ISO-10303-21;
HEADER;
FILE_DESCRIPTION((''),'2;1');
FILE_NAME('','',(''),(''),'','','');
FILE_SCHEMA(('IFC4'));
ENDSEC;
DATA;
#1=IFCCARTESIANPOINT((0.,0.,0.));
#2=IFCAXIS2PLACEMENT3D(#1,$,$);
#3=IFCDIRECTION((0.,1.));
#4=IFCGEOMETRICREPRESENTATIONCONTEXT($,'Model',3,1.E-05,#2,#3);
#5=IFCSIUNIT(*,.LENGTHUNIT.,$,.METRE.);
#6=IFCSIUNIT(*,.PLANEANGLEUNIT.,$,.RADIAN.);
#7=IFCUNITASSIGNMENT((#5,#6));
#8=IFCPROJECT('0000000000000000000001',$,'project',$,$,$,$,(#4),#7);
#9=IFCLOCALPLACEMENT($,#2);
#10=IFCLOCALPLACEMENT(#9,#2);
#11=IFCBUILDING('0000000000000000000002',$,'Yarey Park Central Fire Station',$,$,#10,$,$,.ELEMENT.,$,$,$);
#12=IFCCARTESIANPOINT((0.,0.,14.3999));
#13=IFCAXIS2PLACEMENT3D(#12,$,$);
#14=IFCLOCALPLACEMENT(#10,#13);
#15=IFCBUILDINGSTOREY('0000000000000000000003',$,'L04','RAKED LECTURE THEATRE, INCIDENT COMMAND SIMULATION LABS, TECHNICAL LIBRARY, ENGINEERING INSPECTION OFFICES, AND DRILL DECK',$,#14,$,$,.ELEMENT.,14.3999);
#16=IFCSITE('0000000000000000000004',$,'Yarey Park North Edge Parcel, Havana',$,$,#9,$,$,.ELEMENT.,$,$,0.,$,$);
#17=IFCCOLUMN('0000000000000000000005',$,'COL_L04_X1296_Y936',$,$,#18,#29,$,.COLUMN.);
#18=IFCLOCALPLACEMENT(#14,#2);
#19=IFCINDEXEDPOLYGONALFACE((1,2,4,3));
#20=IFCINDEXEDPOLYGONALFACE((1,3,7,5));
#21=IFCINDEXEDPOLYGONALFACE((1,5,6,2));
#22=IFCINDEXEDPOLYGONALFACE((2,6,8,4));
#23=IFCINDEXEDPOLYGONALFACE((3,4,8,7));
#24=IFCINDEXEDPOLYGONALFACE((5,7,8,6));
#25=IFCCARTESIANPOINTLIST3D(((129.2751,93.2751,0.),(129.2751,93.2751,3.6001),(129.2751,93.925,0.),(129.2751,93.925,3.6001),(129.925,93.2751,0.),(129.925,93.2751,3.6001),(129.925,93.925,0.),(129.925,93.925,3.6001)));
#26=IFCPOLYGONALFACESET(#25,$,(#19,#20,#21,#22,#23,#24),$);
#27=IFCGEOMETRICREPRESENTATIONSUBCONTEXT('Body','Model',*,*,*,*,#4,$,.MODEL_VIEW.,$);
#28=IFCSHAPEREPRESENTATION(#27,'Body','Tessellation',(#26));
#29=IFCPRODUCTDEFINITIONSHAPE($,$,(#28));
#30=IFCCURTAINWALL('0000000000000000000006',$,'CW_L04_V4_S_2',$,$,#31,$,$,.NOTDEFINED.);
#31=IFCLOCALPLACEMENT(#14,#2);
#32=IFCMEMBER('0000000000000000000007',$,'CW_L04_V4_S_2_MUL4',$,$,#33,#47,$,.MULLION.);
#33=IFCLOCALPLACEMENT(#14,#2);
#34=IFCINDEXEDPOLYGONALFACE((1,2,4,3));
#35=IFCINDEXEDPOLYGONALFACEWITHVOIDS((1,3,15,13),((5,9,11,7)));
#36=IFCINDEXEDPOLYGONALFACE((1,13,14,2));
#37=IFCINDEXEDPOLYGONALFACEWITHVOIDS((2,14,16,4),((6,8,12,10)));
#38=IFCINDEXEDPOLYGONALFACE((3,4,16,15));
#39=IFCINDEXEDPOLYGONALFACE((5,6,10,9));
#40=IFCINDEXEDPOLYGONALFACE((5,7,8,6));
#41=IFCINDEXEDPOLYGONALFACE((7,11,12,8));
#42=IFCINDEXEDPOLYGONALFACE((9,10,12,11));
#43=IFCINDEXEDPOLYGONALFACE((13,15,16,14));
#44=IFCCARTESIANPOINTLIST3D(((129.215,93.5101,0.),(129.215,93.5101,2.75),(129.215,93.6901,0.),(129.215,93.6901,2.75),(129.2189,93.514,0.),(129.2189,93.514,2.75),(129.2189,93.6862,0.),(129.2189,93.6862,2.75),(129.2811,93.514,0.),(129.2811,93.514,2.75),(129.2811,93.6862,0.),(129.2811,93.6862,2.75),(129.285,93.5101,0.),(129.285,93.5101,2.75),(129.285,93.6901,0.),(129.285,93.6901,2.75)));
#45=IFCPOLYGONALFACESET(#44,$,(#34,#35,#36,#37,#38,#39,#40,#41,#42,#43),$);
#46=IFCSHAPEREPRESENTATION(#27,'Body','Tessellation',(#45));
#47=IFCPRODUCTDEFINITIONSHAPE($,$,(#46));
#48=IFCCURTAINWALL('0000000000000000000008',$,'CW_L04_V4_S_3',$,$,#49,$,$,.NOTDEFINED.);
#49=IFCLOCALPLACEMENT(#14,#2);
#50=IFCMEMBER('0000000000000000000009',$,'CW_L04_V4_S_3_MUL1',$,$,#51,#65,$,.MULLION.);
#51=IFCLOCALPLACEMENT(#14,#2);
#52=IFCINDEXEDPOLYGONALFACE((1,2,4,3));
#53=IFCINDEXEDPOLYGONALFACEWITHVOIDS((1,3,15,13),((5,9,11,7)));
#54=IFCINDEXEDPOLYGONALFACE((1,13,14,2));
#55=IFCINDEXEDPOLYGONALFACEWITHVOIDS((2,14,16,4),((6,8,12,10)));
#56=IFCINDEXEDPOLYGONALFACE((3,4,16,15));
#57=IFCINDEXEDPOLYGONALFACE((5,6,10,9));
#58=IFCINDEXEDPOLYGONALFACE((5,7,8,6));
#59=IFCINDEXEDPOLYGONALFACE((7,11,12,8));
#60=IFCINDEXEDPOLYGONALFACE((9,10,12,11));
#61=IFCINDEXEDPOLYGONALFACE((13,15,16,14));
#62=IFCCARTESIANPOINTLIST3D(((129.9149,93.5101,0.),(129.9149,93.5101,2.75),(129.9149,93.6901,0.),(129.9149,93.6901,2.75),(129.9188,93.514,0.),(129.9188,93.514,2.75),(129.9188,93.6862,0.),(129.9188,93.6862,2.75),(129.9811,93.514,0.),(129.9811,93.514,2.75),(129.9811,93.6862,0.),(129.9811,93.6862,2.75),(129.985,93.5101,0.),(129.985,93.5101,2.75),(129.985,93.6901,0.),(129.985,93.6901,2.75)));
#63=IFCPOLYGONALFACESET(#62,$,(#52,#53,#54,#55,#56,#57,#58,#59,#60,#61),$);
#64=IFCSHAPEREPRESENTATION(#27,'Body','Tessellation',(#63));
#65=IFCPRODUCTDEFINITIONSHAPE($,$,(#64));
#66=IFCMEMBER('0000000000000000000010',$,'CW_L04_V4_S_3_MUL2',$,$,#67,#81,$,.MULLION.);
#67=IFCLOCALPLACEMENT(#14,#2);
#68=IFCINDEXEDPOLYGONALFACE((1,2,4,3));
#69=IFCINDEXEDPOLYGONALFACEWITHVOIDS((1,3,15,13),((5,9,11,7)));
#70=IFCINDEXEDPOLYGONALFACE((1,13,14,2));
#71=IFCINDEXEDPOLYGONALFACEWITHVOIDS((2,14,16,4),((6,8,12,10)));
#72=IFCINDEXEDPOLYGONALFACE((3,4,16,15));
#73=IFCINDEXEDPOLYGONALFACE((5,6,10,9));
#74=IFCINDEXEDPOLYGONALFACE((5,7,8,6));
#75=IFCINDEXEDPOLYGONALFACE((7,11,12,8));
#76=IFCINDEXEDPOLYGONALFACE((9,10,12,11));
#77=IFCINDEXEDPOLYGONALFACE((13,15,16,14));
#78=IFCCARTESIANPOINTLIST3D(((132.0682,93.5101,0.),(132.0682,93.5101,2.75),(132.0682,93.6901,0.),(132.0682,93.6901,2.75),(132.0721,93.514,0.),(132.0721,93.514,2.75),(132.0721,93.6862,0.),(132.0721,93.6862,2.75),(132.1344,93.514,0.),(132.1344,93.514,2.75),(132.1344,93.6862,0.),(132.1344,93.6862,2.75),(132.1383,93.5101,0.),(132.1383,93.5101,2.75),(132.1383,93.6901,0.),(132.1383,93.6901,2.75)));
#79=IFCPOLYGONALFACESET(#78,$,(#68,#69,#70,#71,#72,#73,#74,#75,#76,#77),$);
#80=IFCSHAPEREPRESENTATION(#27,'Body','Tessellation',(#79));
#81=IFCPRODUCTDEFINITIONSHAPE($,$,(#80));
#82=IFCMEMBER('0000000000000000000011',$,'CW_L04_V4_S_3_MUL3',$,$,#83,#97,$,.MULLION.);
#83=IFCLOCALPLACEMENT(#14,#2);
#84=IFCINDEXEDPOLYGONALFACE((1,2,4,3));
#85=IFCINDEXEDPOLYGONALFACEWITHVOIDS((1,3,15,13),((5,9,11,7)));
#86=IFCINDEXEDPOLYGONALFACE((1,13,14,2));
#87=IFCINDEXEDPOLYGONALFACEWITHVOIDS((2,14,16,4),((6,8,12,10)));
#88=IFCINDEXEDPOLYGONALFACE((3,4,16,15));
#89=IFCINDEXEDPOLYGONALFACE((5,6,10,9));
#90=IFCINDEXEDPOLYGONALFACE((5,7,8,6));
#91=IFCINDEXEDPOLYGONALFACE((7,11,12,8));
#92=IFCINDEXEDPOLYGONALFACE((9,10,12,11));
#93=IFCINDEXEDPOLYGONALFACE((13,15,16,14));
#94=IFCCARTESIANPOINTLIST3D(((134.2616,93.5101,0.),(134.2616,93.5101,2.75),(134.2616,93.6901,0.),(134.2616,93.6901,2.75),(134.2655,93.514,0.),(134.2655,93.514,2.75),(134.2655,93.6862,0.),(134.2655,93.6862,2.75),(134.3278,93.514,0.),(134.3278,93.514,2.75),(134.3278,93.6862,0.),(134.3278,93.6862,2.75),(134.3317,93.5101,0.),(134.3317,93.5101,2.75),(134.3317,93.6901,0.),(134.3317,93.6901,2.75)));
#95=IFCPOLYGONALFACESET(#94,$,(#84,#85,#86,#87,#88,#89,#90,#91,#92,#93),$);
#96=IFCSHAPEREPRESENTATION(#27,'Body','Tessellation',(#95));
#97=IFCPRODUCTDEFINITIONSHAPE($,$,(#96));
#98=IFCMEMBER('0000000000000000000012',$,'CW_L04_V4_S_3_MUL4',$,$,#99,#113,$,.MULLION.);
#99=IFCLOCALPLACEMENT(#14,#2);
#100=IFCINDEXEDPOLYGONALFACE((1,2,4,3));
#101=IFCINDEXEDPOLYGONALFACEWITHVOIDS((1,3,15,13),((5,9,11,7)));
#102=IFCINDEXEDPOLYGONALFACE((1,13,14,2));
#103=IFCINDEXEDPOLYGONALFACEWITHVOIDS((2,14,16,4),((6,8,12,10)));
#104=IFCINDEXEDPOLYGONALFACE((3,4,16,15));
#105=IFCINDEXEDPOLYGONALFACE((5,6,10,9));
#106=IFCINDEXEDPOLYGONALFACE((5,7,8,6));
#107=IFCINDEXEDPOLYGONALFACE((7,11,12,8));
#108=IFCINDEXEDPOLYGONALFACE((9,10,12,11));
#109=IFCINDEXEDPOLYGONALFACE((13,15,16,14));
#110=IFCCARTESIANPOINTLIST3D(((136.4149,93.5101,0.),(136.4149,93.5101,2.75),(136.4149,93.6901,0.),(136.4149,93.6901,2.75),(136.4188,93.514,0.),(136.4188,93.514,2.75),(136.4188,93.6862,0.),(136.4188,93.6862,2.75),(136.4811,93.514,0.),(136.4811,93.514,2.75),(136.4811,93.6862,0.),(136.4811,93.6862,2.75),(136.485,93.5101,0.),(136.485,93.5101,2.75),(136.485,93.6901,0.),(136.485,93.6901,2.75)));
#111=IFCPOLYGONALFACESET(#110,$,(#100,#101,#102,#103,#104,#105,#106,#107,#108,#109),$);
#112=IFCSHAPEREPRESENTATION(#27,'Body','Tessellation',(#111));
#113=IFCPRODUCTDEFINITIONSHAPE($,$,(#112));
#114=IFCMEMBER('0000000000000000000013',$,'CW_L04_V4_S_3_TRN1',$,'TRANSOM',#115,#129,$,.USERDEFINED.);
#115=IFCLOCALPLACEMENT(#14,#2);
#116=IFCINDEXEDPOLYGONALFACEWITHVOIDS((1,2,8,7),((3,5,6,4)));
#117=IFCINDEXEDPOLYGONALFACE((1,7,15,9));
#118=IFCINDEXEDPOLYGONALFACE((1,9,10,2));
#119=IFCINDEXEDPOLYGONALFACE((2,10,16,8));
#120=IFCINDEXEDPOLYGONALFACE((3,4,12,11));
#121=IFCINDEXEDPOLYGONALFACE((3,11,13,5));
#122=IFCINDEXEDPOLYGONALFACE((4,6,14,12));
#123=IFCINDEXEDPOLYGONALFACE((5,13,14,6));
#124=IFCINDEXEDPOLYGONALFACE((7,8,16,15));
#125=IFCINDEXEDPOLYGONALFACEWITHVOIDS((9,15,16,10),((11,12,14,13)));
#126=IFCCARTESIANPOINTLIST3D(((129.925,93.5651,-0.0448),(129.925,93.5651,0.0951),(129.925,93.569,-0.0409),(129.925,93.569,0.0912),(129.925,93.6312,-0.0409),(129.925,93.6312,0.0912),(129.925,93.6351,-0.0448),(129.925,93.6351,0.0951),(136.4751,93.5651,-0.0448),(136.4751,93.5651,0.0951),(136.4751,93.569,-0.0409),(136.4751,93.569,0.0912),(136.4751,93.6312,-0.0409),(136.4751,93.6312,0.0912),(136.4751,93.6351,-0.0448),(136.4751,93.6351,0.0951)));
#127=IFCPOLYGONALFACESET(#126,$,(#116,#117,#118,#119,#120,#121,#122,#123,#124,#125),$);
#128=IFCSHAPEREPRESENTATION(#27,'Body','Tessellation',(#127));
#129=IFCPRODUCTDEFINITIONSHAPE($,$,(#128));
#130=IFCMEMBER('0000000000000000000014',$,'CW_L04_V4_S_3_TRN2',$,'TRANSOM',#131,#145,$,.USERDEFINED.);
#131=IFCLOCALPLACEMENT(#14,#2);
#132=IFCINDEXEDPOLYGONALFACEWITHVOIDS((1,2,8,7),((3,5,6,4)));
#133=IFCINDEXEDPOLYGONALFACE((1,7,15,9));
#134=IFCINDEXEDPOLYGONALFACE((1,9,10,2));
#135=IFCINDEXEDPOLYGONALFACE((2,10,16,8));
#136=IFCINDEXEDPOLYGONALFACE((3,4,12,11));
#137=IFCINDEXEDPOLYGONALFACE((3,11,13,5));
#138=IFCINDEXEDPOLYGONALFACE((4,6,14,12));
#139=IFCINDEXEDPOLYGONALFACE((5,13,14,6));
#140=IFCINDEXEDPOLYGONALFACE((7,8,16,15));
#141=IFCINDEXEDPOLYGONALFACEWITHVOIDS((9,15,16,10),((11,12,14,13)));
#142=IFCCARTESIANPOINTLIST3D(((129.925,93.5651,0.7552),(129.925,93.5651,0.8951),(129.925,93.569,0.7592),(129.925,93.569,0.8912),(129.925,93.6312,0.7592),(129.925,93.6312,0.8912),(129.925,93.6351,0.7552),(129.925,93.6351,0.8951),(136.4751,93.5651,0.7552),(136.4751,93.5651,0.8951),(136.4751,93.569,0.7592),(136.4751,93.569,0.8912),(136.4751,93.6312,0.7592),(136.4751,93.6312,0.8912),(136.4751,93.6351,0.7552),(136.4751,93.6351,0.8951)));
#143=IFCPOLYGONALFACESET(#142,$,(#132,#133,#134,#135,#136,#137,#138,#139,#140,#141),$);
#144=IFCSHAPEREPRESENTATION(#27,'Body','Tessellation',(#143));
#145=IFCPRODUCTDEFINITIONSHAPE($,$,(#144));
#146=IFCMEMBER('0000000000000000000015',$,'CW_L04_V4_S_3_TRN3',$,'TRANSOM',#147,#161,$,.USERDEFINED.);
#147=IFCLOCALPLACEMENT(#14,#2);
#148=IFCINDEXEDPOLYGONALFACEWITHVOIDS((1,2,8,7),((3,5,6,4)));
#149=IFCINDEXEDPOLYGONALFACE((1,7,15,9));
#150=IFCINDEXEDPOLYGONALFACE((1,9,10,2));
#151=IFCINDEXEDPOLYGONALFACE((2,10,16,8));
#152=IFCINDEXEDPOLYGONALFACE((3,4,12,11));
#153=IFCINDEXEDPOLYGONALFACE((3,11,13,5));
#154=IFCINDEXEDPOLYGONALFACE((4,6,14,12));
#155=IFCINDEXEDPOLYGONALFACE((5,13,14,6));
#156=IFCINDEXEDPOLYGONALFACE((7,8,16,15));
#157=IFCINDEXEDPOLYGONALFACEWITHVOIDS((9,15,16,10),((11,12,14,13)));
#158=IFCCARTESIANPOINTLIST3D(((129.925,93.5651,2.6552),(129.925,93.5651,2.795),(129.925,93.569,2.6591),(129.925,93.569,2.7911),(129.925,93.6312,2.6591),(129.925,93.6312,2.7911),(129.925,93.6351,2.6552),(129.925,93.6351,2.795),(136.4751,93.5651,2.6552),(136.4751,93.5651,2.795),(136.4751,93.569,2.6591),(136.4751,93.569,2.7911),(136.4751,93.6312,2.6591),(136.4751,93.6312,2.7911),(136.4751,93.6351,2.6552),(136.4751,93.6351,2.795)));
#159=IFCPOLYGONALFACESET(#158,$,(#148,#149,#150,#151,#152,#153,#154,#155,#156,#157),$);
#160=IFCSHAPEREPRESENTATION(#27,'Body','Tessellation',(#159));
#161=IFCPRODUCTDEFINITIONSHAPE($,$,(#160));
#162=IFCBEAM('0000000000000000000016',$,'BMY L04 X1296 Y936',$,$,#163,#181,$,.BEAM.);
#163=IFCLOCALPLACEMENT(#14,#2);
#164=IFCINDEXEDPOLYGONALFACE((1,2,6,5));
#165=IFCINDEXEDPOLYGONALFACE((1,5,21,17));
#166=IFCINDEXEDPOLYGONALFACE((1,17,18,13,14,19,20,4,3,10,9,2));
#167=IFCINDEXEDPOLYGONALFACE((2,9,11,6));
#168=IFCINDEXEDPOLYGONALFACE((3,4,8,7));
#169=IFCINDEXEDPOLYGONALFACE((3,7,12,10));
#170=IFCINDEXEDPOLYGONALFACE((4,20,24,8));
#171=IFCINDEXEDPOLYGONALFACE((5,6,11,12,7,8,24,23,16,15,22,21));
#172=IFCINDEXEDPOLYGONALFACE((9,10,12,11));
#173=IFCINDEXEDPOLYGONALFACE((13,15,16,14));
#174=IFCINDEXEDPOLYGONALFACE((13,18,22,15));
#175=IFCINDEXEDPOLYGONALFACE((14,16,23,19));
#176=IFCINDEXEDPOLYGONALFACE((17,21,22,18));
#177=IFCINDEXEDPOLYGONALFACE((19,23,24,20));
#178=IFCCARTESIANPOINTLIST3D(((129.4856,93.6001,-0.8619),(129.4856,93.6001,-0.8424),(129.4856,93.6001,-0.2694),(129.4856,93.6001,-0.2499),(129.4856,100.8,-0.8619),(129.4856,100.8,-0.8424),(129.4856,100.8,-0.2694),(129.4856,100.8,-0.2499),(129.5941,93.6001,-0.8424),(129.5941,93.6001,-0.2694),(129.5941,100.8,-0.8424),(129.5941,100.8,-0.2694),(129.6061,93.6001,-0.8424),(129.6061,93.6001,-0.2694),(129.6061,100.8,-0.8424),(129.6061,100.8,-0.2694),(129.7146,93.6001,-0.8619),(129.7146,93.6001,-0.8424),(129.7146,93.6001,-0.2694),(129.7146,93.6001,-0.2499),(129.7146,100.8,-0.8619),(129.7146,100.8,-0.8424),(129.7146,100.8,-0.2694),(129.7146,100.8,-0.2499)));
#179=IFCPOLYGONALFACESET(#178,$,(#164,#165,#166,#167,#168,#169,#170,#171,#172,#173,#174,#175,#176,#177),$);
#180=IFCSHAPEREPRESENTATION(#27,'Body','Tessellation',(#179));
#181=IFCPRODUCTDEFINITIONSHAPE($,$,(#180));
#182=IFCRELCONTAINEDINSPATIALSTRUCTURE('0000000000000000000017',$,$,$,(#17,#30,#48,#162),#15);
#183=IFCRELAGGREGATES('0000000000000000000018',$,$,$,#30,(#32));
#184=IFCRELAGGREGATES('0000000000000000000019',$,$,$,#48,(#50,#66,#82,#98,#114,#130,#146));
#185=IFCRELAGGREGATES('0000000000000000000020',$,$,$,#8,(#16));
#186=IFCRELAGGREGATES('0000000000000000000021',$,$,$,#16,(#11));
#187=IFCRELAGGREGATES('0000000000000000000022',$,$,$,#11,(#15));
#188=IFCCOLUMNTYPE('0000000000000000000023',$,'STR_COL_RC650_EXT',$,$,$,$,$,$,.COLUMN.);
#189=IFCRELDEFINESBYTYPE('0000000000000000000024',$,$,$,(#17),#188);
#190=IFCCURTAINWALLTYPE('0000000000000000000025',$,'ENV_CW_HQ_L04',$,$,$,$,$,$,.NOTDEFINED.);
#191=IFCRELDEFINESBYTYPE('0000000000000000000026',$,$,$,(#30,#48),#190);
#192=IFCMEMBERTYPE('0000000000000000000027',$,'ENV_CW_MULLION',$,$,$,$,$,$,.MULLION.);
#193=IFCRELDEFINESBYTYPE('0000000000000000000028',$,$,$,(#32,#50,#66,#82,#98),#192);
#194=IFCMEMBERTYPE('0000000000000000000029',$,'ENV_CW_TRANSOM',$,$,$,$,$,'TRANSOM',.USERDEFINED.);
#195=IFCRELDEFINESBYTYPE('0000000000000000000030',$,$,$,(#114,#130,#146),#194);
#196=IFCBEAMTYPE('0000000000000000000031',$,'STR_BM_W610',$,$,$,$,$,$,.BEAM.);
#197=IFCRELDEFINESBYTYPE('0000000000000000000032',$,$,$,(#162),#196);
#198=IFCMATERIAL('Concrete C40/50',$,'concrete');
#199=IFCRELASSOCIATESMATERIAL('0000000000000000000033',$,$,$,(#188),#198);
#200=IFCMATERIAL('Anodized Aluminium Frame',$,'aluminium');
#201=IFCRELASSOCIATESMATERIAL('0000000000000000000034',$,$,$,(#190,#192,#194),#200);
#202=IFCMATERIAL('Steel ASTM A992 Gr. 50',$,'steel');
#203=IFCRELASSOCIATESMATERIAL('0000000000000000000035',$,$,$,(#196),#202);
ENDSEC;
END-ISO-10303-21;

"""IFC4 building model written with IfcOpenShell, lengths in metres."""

from ifc_helpers import new_model, si_unit, direction, frame, origin, origin_2d, place, context, subcontext, project, spatial, rectangle, hollow_rectangle, i_section, extrude, material, material_profile, profile_set, type_object, element, aggregate, save


model = new_model("IFC4")

# Units and contexts
model_context = context("Model", 3, precision=1e-05, world=origin(), true_north=direction((0.0, 1.0)))
body_context = subcontext(model_context, "Body", "Model", "MODEL_VIEW")
ifc_project = project(units=[si_unit("LENGTHUNIT", "METRE"), si_unit("PLANEANGLEUNIT", "RADIAN")], contexts=[model_context])

# Site, building, storey
site_placement = place(None, origin())
site = spatial("IfcSite", under=ifc_project, at=site_placement, Name="Yarey Park North Edge Parcel, Havana", CompositionType="ELEMENT", RefElevation=0.0)
building_placement = place(site_placement, origin())
building = spatial("IfcBuilding", under=site, at=building_placement, Name="Yarey Park Central Fire Station", CompositionType="ELEMENT")
storey_placement = place(building_placement, frame((0.0, 0.0, 14.3999)))
storey = spatial("IfcBuildingStorey", under=building, at=storey_placement, Name="L04", Description="RAKED LECTURE THEATRE, INCIDENT COMMAND SIMULATION LABS, TECHNICAL LIBRARY, ENGINEERING INSPECTION OFFICES, AND DRILL DECK", CompositionType="ELEMENT", Elevation=14.3999)

# Column
ifc_material_1 = material(Name="Concrete C40/50", Category="concrete")
ifc_material_profile_1 = material_profile(ifc_material_1, rectangle(XDim=0.6499, YDim=0.6499, at=origin_2d()), Name="RC 650x650")
ifc_profile_set_1 = profile_set([ifc_material_profile_1], Name="Concrete C40/50")
column_type = type_object("IfcColumnType", Name="STR_COL_RC650_EXT", PredefinedType="COLUMN", material=ifc_profile_set_1)
column_placement = place(storey_placement, frame((129.6001, 93.6001, 0.0), z_axis=(0.0, 0.0, 1.0), x_axis=(1.0, 0.0, 0.0)))
element("IfcColumn", 1, at=column_placement, inside=storey, type_object=column_type, Name="COL_L04_X1296_Y936", PredefinedType="COLUMN", context=body_context, shape_type="SweptSolid", body=[
    extrude(rectangle(XDim=0.6499, YDim=0.6499, at=origin_2d()), origin(), (0.0, 0.0, 1.0), 3.6001),
])

# Curtain wall, member
ifc_material_2 = material(Name="Anodized Aluminium Frame", Category="aluminium")
curtain_wall_type = type_object("IfcCurtainWallType", Name="ENV_CW_HQ_L04", PredefinedType="NOTDEFINED", material=ifc_material_2)
curtain_wall_1_placement = place(storey_placement, origin())
curtain_wall_1 = element("IfcCurtainWall", 2, at=curtain_wall_1_placement, inside=storey, type_object=curtain_wall_type, Name="CW_L04_V4_S_2", PredefinedType="NOTDEFINED")
ifc_material_profile_2 = material_profile(ifc_material_2, hollow_rectangle(XDim=0.0701, YDim=0.1799, WallThickness=0.0039, at=origin_2d()), Name="ALU 180x70x4")
ifc_profile_set_2 = profile_set([ifc_material_profile_2], Name="Anodized Aluminium Frame")
member_type_1 = type_object("IfcMemberType", Name="ENV_CW_MULLION", PredefinedType="MULLION", material=ifc_profile_set_2)
member_1_placement = place(storey_placement, frame((129.25, 93.6001, 0.0), z_axis=(0.0, 0.0, 1.0), x_axis=(1.0, 0.0, 0.0)))
member_1 = element("IfcMember", 3, at=member_1_placement, type_object=member_type_1, Name="CW_L04_V4_S_2_MUL4", PredefinedType="MULLION", context=body_context, shape_type="SweptSolid", body=[
    extrude(hollow_rectangle(XDim=0.0701, YDim=0.1799, WallThickness=0.0039, at=origin_2d()), origin(), (0.0, 0.0, 1.0), 2.75),
])

# Curtain wall, members
curtain_wall_2_placement = place(storey_placement, origin())
curtain_wall_2 = element("IfcCurtainWall", 4, at=curtain_wall_2_placement, inside=storey, type_object=curtain_wall_type, Name="CW_L04_V4_S_3", PredefinedType="NOTDEFINED")
member_2_placement = place(storey_placement, frame((129.95, 93.6001, 0.0), z_axis=(0.0, 0.0, 1.0), x_axis=(1.0, 0.0, 0.0)))
member_2 = element("IfcMember", 5, at=member_2_placement, type_object=member_type_1, Name="CW_L04_V4_S_3_MUL1", PredefinedType="MULLION", context=body_context, shape_type="SweptSolid", body=[
    extrude(hollow_rectangle(XDim=0.0701, YDim=0.1799, WallThickness=0.0039, at=origin_2d()), origin(), (0.0, 0.0, 1.0), 2.75),
])
member_3_placement = place(storey_placement, frame((132.1033, 93.6001, 0.0), z_axis=(0.0, 0.0, 1.0), x_axis=(1.0, 0.0, 0.0)))
member_3 = element("IfcMember", 6, at=member_3_placement, type_object=member_type_1, Name="CW_L04_V4_S_3_MUL2", PredefinedType="MULLION", context=body_context, shape_type="SweptSolid", body=[
    extrude(hollow_rectangle(XDim=0.0701, YDim=0.1799, WallThickness=0.0039, at=origin_2d()), origin(), (0.0, 0.0, 1.0), 2.75),
])
member_4_placement = place(storey_placement, frame((134.2966, 93.6001, 0.0), z_axis=(0.0, 0.0, 1.0), x_axis=(1.0, 0.0, 0.0)))
member_4 = element("IfcMember", 7, at=member_4_placement, type_object=member_type_1, Name="CW_L04_V4_S_3_MUL3", PredefinedType="MULLION", context=body_context, shape_type="SweptSolid", body=[
    extrude(hollow_rectangle(XDim=0.0701, YDim=0.1799, WallThickness=0.0039, at=origin_2d()), origin(), (0.0, 0.0, 1.0), 2.75),
])
member_5_placement = place(storey_placement, frame((136.45, 93.6001, 0.0), z_axis=(0.0, 0.0, 1.0), x_axis=(1.0, 0.0, 0.0)))
member_5 = element("IfcMember", 8, at=member_5_placement, type_object=member_type_1, Name="CW_L04_V4_S_3_MUL4", PredefinedType="MULLION", context=body_context, shape_type="SweptSolid", body=[
    extrude(hollow_rectangle(XDim=0.0701, YDim=0.1799, WallThickness=0.0039, at=origin_2d()), origin(), (0.0, 0.0, 1.0), 2.75),
])
ifc_material_profile_3 = material_profile(ifc_material_2, hollow_rectangle(XDim=0.0701, YDim=0.1399, WallThickness=0.0039, at=origin_2d()), Name="ALU 140x70x4")
ifc_profile_set_3 = profile_set([ifc_material_profile_3], Name="Anodized Aluminium Frame")
member_type_2 = type_object("IfcMemberType", Name="ENV_CW_TRANSOM", ElementType="TRANSOM", PredefinedType="USERDEFINED", material=ifc_profile_set_3)
member_6_placement = place(storey_placement, frame((129.925, 93.6001, 0.0251), z_axis=(1.0, 0.0, 0.0), x_axis=(0.0, 1.0, 0.0)))
member_6 = element("IfcMember", 9, at=member_6_placement, type_object=member_type_2, Name="CW_L04_V4_S_3_TRN1", ObjectType="TRANSOM", PredefinedType="USERDEFINED", context=body_context, shape_type="SweptSolid", body=[
    extrude(hollow_rectangle(XDim=0.0701, YDim=0.1399, WallThickness=0.0039, at=origin_2d()), origin(), (0.0, 0.0, 1.0), 6.55),
])
member_7_placement = place(storey_placement, frame((129.925, 93.6001, 0.8252), z_axis=(1.0, 0.0, 0.0), x_axis=(0.0, 1.0, 0.0)))
member_7 = element("IfcMember", 10, at=member_7_placement, type_object=member_type_2, Name="CW_L04_V4_S_3_TRN2", ObjectType="TRANSOM", PredefinedType="USERDEFINED", context=body_context, shape_type="SweptSolid", body=[
    extrude(hollow_rectangle(XDim=0.0701, YDim=0.1399, WallThickness=0.0039, at=origin_2d()), origin(), (0.0, 0.0, 1.0), 6.55),
])
member_8_placement = place(storey_placement, frame((129.925, 93.6001, 2.7251), z_axis=(1.0, 0.0, 0.0), x_axis=(0.0, 1.0, 0.0)))
member_8 = element("IfcMember", 11, at=member_8_placement, type_object=member_type_2, Name="CW_L04_V4_S_3_TRN3", ObjectType="TRANSOM", PredefinedType="USERDEFINED", context=body_context, shape_type="SweptSolid", body=[
    extrude(hollow_rectangle(XDim=0.0701, YDim=0.1399, WallThickness=0.0039, at=origin_2d()), origin(), (0.0, 0.0, 1.0), 6.55),
])

# Beam
ifc_material_3 = material(Name="Steel ASTM A992 Gr. 50", Category="steel")
ifc_material_profile_4 = material_profile(ifc_material_3, i_section(OverallWidth=0.229, OverallDepth=0.6121, WebThickness=0.012, FlangeThickness=0.0195, at=origin_2d()), Name="W610x125")
ifc_profile_set_4 = profile_set([ifc_material_profile_4], Name="Steel ASTM A992 Gr. 50")
beam_type_1 = type_object("IfcBeamType", Name="STR_BM_W610", PredefinedType="BEAM", material=ifc_profile_set_4)
beam_1_placement = place(storey_placement, frame((129.6001, 93.6001, -0.5559), z_axis=(0.0, 1.0, 0.0), x_axis=(-1.0, 0.0, 0.0)))
element("IfcBeam", 12, at=beam_1_placement, inside=storey, type_object=beam_type_1, Name="BMY L04 X1296 Y936", PredefinedType="BEAM", context=body_context, shape_type="SweptSolid", body=[
    extrude(i_section(OverallWidth=0.229, OverallDepth=0.6121, WebThickness=0.012, FlangeThickness=0.0195, at=origin_2d()), origin(), (0.0, 0.0, 1.0), 7.2),
])

aggregate(curtain_wall_1, [member_1])
aggregate(curtain_wall_2, [member_2, member_3, member_4, member_5, member_6, member_7, member_8])

save(model, "model.ifc")
